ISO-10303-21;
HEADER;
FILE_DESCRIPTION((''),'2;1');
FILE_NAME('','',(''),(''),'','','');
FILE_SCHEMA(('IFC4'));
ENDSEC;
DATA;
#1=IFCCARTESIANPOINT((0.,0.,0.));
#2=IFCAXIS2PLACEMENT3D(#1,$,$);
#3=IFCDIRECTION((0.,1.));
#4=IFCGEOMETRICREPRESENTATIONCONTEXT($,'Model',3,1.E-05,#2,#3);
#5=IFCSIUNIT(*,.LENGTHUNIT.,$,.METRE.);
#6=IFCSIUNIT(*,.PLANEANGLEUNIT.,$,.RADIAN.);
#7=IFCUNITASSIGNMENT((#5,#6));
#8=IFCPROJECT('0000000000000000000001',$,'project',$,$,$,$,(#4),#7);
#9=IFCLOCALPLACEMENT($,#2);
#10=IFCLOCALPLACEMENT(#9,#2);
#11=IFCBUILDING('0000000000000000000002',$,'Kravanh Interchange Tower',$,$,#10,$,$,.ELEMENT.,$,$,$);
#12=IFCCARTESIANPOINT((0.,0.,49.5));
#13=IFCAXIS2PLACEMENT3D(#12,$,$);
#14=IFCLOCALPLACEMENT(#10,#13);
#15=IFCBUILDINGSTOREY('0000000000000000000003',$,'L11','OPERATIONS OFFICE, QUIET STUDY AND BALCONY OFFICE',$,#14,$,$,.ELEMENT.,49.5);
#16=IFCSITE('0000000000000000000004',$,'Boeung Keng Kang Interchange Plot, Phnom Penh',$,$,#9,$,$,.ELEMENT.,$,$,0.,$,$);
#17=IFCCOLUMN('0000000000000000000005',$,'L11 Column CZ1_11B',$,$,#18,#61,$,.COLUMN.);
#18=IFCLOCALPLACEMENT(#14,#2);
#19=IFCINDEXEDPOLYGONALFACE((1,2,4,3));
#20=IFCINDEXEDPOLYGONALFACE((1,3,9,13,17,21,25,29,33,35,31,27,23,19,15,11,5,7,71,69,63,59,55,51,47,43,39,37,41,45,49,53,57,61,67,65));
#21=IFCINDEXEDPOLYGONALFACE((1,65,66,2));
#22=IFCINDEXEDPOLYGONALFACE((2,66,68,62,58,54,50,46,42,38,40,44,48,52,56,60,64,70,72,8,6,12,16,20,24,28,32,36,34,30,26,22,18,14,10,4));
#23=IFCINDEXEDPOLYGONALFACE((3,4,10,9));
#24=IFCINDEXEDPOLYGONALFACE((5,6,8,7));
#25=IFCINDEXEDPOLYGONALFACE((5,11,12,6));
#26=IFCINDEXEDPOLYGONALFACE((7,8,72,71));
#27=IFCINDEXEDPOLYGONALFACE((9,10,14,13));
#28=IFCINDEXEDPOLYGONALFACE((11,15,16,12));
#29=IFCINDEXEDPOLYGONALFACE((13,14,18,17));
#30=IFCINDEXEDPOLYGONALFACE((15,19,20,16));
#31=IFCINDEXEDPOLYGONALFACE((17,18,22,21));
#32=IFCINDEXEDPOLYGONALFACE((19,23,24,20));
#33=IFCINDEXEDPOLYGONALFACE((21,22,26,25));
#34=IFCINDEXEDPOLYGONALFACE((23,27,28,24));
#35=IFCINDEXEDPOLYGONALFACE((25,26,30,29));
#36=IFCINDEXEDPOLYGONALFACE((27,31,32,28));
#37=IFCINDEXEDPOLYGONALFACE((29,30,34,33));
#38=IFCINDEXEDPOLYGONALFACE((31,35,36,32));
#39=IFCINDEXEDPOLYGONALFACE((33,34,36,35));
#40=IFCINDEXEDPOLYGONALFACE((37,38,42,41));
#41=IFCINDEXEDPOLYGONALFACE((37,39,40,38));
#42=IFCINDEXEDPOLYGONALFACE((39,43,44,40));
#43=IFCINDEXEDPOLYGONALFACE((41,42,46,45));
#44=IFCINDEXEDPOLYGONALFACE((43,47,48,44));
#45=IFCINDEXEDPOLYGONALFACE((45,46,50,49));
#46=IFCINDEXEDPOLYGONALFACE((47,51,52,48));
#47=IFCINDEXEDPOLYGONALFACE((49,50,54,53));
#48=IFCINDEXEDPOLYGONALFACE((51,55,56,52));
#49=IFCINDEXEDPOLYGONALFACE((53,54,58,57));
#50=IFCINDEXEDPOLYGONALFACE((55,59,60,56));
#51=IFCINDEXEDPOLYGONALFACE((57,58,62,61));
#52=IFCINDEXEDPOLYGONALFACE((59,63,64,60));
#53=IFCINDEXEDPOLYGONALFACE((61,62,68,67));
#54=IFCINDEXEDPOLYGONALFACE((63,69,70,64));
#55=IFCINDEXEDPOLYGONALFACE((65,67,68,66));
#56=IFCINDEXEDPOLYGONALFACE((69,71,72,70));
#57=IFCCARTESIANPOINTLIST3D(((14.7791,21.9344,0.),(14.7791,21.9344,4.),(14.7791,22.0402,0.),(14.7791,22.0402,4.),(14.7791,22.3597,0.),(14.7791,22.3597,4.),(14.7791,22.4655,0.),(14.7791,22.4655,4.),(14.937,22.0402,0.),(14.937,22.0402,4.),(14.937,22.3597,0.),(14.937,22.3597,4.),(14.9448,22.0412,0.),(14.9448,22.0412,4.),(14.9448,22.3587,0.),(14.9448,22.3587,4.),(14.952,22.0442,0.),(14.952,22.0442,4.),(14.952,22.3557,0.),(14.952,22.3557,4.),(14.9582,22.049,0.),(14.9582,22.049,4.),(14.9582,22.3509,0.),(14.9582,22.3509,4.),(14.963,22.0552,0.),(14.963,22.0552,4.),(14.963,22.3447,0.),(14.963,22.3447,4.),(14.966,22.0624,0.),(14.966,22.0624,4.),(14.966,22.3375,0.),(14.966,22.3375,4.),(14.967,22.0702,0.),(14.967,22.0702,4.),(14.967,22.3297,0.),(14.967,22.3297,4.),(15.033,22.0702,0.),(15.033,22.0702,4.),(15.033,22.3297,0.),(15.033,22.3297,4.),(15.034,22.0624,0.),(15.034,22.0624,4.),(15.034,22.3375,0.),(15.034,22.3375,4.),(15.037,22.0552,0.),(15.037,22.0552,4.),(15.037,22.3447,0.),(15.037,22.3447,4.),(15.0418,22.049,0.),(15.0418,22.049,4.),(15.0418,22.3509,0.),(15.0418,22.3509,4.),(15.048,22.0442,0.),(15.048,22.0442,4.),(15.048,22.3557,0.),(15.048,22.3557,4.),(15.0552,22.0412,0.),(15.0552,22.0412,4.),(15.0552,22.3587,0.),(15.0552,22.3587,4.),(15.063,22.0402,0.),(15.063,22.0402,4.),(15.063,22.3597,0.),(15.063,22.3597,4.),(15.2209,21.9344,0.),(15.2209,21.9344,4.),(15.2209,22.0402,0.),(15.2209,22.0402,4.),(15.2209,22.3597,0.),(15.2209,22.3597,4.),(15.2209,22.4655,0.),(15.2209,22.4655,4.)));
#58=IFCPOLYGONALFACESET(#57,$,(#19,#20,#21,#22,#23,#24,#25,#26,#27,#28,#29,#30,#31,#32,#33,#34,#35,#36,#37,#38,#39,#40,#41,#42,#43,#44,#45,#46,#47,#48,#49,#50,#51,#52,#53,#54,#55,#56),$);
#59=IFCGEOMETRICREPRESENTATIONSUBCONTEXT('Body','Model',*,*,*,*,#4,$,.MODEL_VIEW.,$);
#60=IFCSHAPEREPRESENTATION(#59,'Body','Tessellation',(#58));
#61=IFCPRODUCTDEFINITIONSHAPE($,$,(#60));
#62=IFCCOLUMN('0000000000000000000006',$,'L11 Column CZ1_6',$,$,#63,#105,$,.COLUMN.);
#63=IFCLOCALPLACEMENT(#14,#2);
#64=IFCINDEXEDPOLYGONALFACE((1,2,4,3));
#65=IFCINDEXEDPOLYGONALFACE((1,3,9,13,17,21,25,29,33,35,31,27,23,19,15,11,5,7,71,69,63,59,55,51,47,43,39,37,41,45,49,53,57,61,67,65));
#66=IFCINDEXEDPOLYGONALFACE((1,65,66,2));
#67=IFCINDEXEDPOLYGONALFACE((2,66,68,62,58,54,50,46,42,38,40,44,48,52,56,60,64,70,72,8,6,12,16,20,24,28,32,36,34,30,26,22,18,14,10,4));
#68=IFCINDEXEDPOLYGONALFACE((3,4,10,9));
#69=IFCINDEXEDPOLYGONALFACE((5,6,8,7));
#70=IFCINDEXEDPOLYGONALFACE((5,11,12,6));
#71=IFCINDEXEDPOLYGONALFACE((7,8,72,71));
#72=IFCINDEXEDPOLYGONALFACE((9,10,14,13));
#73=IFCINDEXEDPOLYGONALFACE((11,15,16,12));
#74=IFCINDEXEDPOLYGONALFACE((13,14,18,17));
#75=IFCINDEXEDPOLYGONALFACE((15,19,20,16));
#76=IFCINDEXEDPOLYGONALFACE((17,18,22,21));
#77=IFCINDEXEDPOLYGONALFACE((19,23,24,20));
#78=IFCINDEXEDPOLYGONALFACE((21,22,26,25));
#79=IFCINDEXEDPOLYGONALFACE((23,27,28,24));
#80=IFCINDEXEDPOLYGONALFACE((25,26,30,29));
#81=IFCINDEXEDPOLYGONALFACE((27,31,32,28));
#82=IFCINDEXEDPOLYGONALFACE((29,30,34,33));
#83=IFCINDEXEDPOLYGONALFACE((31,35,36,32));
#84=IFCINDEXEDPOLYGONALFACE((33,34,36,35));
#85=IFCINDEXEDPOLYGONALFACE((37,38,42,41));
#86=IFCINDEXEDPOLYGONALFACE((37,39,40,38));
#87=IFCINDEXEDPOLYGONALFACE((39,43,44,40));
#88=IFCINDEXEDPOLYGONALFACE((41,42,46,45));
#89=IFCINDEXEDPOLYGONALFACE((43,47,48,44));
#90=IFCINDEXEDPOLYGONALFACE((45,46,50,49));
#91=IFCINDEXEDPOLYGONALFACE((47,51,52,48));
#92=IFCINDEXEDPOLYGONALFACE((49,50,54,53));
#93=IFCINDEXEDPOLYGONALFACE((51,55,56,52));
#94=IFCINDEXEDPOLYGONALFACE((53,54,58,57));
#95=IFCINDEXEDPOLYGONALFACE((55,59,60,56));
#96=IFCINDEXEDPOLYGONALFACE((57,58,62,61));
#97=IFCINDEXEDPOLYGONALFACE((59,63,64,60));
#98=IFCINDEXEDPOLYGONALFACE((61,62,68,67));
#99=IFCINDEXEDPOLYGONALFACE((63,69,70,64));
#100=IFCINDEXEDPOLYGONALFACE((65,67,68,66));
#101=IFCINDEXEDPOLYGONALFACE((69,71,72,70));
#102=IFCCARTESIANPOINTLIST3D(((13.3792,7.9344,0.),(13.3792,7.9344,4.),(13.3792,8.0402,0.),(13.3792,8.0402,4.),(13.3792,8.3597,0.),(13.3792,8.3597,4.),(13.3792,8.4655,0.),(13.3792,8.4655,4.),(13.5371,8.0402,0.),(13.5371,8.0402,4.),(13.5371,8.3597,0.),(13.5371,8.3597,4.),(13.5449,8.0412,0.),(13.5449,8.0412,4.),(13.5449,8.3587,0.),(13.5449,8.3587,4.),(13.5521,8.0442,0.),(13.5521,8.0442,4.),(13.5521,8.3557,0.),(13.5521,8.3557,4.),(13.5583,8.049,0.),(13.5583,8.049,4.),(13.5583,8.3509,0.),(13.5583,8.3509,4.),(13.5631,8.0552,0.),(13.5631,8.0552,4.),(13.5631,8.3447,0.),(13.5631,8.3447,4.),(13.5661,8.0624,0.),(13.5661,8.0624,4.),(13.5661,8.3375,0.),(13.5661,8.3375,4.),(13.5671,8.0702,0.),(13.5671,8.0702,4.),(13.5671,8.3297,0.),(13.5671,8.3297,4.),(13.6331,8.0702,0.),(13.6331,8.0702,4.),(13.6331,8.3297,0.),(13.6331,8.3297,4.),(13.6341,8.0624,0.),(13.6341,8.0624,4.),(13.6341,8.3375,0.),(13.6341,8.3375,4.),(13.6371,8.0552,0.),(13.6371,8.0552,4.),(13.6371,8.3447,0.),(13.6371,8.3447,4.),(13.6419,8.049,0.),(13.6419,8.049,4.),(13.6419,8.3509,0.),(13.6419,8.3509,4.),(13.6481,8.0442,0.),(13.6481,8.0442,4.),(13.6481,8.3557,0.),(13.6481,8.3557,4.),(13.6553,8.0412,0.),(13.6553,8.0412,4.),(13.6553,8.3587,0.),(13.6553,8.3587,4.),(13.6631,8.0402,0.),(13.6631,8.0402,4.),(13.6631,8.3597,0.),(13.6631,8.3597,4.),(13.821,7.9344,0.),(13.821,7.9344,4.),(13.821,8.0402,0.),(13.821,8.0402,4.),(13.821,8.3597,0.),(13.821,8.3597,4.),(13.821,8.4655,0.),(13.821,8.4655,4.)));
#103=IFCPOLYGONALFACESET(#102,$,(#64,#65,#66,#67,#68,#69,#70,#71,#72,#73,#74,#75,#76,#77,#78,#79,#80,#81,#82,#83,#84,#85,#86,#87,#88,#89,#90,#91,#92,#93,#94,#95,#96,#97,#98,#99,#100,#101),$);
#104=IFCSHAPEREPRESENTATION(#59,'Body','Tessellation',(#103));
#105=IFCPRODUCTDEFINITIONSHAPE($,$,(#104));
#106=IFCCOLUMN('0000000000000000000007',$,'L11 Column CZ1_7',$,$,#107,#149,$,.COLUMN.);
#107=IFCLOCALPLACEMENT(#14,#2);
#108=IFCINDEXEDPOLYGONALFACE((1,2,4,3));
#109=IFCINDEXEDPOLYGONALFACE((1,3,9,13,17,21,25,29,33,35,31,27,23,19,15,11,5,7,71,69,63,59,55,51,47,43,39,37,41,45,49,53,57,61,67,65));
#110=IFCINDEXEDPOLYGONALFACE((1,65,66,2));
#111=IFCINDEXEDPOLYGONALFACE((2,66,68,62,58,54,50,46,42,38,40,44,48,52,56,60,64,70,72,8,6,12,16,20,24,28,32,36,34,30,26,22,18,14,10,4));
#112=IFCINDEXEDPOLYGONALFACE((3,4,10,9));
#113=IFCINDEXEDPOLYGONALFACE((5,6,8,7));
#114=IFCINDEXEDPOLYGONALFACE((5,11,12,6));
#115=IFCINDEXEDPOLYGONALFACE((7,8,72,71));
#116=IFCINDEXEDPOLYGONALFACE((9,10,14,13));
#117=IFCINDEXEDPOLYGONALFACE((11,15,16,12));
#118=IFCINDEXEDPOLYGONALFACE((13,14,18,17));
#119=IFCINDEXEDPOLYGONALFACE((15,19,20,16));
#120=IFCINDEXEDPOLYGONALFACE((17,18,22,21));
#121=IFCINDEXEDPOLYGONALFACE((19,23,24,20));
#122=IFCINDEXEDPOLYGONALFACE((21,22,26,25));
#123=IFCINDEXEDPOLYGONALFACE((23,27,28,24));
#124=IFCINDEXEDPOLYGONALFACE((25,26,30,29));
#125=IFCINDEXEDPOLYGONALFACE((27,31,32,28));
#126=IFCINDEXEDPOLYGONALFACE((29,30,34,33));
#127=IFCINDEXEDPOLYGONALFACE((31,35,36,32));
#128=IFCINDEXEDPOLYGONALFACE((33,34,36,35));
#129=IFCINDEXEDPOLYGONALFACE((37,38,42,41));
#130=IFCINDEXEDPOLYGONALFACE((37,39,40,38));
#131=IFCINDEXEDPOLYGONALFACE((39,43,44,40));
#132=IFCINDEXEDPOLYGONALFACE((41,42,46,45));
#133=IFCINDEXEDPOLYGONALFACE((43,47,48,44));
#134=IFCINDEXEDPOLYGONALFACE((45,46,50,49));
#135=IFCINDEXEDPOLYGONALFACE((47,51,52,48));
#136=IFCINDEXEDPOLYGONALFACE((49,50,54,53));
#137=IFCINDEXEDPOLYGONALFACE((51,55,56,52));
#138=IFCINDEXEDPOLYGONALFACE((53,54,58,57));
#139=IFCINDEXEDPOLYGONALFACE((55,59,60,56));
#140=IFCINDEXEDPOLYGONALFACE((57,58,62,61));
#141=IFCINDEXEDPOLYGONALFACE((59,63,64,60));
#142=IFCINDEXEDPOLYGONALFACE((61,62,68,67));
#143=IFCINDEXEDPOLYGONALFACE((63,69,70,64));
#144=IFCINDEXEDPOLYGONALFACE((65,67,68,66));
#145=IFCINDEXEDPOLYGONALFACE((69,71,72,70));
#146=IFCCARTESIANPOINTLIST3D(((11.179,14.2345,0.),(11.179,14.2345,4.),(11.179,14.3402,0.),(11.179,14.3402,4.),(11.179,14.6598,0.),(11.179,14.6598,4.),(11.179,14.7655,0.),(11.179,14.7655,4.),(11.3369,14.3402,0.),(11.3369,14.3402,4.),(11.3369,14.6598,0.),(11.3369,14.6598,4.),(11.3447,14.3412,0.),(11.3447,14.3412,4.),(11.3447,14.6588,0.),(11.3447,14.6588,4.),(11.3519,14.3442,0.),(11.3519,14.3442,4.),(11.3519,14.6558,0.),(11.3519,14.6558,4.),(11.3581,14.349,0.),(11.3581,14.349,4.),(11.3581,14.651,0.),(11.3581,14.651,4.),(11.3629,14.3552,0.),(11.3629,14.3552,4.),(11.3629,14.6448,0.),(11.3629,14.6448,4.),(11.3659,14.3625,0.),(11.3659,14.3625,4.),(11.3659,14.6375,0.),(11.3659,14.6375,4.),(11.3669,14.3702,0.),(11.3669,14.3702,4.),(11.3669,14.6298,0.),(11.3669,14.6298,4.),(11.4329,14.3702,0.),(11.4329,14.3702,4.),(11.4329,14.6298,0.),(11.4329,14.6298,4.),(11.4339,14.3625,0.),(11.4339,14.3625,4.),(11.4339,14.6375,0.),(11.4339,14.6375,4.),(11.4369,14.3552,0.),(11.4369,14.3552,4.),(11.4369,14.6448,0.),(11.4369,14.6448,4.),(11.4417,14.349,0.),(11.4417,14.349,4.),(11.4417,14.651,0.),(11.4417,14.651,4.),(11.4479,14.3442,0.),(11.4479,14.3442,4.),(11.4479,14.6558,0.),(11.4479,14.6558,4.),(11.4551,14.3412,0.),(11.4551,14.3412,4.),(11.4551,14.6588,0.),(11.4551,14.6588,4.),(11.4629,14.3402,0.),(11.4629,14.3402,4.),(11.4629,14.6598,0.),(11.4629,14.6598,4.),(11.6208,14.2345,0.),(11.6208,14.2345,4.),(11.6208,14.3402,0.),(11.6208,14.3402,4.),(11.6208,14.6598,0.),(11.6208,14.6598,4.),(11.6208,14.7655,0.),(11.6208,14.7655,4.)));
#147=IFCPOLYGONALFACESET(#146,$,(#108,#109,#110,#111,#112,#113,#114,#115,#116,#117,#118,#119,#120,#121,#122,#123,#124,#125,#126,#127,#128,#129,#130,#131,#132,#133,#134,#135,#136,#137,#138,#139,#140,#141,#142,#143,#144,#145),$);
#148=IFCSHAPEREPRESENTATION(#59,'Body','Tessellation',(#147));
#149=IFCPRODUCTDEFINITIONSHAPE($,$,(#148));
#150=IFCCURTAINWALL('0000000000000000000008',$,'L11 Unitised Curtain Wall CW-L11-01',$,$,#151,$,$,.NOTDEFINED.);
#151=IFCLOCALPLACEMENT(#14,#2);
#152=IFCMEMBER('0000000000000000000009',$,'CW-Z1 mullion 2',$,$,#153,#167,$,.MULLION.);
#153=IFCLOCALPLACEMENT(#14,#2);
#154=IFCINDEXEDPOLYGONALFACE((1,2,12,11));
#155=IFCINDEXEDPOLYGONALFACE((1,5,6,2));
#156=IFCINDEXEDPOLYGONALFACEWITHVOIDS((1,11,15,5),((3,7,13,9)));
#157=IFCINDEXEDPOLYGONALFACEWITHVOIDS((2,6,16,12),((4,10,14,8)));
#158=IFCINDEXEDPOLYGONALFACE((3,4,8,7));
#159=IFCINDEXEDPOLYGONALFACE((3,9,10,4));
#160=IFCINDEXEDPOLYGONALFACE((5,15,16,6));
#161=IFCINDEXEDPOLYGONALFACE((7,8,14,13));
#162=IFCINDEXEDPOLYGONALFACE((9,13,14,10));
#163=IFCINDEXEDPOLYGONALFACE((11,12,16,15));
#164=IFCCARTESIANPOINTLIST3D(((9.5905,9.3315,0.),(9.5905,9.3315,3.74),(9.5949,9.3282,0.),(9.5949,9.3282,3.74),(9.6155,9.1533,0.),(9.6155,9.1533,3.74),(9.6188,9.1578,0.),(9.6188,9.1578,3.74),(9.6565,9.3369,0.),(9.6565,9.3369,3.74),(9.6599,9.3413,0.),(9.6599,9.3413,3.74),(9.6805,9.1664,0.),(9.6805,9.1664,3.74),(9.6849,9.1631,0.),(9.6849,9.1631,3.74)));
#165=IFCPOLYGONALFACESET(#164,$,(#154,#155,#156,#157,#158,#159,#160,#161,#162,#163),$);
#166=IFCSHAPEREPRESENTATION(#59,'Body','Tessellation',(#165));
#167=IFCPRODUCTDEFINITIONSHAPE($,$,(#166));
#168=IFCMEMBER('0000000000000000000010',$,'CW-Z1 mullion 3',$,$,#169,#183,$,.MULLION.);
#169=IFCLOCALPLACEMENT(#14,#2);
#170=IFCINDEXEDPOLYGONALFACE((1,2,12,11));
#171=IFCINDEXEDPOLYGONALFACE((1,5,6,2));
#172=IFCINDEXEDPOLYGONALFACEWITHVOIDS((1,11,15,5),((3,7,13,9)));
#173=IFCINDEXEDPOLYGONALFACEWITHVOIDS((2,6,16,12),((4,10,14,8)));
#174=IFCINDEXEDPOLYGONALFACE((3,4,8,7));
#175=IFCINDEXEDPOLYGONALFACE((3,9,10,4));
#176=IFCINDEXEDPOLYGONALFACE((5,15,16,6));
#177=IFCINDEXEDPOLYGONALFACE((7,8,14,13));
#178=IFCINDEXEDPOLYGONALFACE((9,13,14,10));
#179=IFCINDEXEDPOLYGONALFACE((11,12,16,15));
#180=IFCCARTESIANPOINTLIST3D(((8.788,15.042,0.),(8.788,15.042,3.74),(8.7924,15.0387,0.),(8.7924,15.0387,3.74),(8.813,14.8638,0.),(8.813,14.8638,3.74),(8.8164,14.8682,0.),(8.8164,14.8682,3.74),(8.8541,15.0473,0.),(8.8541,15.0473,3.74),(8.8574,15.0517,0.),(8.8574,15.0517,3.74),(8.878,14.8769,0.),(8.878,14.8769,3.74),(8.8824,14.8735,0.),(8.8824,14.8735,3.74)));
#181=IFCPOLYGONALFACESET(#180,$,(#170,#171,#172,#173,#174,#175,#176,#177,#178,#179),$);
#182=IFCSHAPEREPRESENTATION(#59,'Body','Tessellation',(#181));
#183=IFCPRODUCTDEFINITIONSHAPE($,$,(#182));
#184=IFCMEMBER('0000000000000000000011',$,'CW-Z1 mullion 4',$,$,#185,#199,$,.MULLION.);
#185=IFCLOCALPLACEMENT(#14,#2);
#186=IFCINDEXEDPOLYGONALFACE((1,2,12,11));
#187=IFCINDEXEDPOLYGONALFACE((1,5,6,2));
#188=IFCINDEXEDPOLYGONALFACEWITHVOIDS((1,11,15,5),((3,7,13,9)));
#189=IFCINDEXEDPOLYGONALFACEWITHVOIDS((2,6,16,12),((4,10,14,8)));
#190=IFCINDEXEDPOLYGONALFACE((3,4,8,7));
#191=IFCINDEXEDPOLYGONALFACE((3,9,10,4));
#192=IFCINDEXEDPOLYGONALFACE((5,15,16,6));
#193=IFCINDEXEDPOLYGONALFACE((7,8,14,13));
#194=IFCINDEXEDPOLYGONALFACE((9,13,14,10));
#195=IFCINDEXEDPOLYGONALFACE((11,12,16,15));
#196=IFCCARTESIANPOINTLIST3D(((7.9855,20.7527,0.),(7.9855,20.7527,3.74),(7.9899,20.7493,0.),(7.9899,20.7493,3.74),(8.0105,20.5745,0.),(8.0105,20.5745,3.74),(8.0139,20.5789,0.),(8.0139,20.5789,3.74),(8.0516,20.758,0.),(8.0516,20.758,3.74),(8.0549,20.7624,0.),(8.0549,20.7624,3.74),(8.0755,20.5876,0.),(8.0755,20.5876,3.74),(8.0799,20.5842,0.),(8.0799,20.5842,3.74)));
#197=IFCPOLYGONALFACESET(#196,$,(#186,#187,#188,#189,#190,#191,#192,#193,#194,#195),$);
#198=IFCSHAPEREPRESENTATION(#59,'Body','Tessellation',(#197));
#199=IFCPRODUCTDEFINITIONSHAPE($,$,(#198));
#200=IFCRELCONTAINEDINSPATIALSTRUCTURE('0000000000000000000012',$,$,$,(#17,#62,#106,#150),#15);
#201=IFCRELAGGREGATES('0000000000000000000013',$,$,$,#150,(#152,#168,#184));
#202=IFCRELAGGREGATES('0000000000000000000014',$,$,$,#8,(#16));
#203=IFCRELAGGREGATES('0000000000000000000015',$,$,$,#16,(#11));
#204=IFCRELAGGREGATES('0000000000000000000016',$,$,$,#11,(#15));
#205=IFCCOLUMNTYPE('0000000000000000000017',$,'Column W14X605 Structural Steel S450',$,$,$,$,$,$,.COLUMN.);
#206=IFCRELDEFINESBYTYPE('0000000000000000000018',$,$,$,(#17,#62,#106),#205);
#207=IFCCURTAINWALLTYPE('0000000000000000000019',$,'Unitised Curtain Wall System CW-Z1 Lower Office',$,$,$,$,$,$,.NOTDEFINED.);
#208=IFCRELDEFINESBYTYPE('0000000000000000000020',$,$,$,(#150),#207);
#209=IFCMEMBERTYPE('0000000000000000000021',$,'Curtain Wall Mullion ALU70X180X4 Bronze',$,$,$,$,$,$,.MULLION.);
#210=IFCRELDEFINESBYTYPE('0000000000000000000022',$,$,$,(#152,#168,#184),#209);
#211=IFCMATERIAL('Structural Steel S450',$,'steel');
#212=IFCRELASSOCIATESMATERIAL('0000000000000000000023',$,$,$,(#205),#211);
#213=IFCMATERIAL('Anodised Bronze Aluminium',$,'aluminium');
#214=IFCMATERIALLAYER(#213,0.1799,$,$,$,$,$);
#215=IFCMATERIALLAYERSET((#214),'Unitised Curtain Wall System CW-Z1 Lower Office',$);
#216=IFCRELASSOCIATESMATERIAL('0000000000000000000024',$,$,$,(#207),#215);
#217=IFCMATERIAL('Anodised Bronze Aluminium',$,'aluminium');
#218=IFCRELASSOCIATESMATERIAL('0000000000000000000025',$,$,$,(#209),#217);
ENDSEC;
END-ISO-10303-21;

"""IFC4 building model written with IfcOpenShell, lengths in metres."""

from ifc_helpers import new_model, si_unit, direction, frame, origin, origin_2d, place, context, subcontext, project, spatial, hollow_rectangle, i_section, extrude, material, layer, layer_set, material_profile, profile_set, type_object, element, aggregate, save


model = new_model("IFC4")

# Units and contexts
model_context = context("Model", 3, precision=1e-05, world=origin(), true_north=direction((0.0, 1.0)))
body_context = subcontext(model_context, "Body", "Model", "MODEL_VIEW")
ifc_project = project(units=[si_unit("LENGTHUNIT", "METRE"), si_unit("PLANEANGLEUNIT", "RADIAN")], contexts=[model_context])

# Site, building, storey
site_placement = place(None, origin())
site = spatial("IfcSite", under=ifc_project, at=site_placement, Name="Boeung Keng Kang Interchange Plot, Phnom Penh", CompositionType="ELEMENT", RefElevation=0.0)
building_placement = place(site_placement, origin())
building = spatial("IfcBuilding", under=site, at=building_placement, Name="Kravanh Interchange Tower", CompositionType="ELEMENT")
storey_placement = place(building_placement, frame((0.0, 0.0, 49.5)))
storey = spatial("IfcBuildingStorey", under=building, at=storey_placement, Name="L11", Description="OPERATIONS OFFICE, QUIET STUDY AND BALCONY OFFICE", CompositionType="ELEMENT", Elevation=49.5)

# Columns
ifc_material_1 = material(Name="Structural Steel S450", Category="steel")
ifc_material_profile_1 = material_profile(ifc_material_1, i_section(OverallWidth=0.4419, OverallDepth=0.531, WebThickness=0.0659, FlangeThickness=0.1057, FilletRadius=0.03, at=origin_2d()), Name="W14X605")
ifc_profile_set_1 = profile_set([ifc_material_profile_1], Name="Structural Steel S450")
column_type = type_object("IfcColumnType", Name="Column W14X605 Structural Steel S450", PredefinedType="COLUMN", material=ifc_profile_set_1)
for number, where, z_axis, x_axis, name in (
    (1, (15.0, 22.2, 0.0), (0.0, 0.0, 1.0), (1.0, 0.0, 0.0), "L11 Column CZ1_11B"),
    (2, (13.6001, 8.2, 0.0), (0.0, 0.0, 1.0), (1.0, 0.0, 0.0), "L11 Column CZ1_6"),
    (3, (11.3999, 14.5, 0.0), (0.0, 0.0, 1.0), (1.0, 0.0, 0.0), "L11 Column CZ1_7"),
):
    element("IfcColumn", number, at=place(storey_placement, frame(where, z_axis=z_axis, x_axis=x_axis)), inside=storey, type_object=column_type, Name=name, PredefinedType="COLUMN", context=body_context, shape_type="SweptSolid", body=[
        extrude(i_section(OverallWidth=0.4419, OverallDepth=0.531, WebThickness=0.0659, FlangeThickness=0.1057, FilletRadius=0.03, at=origin_2d()), origin(), (0.0, 0.0, 1.0), 4.0),
    ])

# Curtain wall, members
ifc_material_2 = material(Name="Anodised Bronze Aluminium", Category="aluminium")
ifc_layer_1 = layer(ifc_material_2, 0.1799)
ifc_layer_set_1 = layer_set([ifc_layer_1], Name="Unitised Curtain Wall System CW-Z1 Lower Office")
curtain_wall_type = type_object("IfcCurtainWallType", Name="Unitised Curtain Wall System CW-Z1 Lower Office", PredefinedType="NOTDEFINED", material=ifc_layer_set_1)
curtain_wall_placement = place(storey_placement, origin())
curtain_wall = element("IfcCurtainWall", 4, at=curtain_wall_placement, inside=storey, type_object=curtain_wall_type, Name="L11 Unitised Curtain Wall CW-L11-01", PredefinedType="NOTDEFINED")
ifc_material_3 = material(Name="Anodised Bronze Aluminium", Category="aluminium")
ifc_material_profile_2 = material_profile(ifc_material_3, hollow_rectangle(XDim=0.0701, YDim=0.1799, WallThickness=0.0039, at=origin_2d()), Name="ALU70X180X4")
ifc_profile_set_2 = profile_set([ifc_material_profile_2], Name="Anodised Bronze Aluminium")
member_type_1 = type_object("IfcMemberType", Name="Curtain Wall Mullion ALU70X180X4 Bronze", PredefinedType="MULLION", material=ifc_profile_set_2)
member_1_placement = place(storey_placement, frame((9.6377, 9.2473, 0.0), z_axis=(0.0, 0.0, 1.0), x_axis=(-0.990268, -0.139177, 0.0)))
member_1 = element("IfcMember", 5, at=member_1_placement, type_object=member_type_1, Name="CW-Z1 mullion 2", PredefinedType="MULLION", context=body_context, shape_type="SweptSolid", body=[
    extrude(hollow_rectangle(XDim=0.0701, YDim=0.1799, WallThickness=0.0039, at=origin_2d()), origin(), (0.0, 0.0, 1.0), 3.74),
])
member_2_placement = place(storey_placement, frame((8.8352, 14.9578, 0.0), z_axis=(0.0, 0.0, 1.0), x_axis=(-0.990268, -0.139177, 0.0)))
member_2 = element("IfcMember", 6, at=member_2_placement, type_object=member_type_1, Name="CW-Z1 mullion 3", PredefinedType="MULLION", context=body_context, shape_type="SweptSolid", body=[
    extrude(hollow_rectangle(XDim=0.0701, YDim=0.1799, WallThickness=0.0039, at=origin_2d()), origin(), (0.0, 0.0, 1.0), 3.74),
])
member_3_placement = place(storey_placement, frame((8.0327, 20.6685, 0.0), z_axis=(0.0, 0.0, 1.0), x_axis=(-0.990268, -0.139177, 0.0)))
member_3 = element("IfcMember", 7, at=member_3_placement, type_object=member_type_1, Name="CW-Z1 mullion 4", PredefinedType="MULLION", context=body_context, shape_type="SweptSolid", body=[
    extrude(hollow_rectangle(XDim=0.0701, YDim=0.1799, WallThickness=0.0039, at=origin_2d()), origin(), (0.0, 0.0, 1.0), 3.74),
])

aggregate(curtain_wall, [member_1, member_2, member_3])

save(model, "model.ifc")
